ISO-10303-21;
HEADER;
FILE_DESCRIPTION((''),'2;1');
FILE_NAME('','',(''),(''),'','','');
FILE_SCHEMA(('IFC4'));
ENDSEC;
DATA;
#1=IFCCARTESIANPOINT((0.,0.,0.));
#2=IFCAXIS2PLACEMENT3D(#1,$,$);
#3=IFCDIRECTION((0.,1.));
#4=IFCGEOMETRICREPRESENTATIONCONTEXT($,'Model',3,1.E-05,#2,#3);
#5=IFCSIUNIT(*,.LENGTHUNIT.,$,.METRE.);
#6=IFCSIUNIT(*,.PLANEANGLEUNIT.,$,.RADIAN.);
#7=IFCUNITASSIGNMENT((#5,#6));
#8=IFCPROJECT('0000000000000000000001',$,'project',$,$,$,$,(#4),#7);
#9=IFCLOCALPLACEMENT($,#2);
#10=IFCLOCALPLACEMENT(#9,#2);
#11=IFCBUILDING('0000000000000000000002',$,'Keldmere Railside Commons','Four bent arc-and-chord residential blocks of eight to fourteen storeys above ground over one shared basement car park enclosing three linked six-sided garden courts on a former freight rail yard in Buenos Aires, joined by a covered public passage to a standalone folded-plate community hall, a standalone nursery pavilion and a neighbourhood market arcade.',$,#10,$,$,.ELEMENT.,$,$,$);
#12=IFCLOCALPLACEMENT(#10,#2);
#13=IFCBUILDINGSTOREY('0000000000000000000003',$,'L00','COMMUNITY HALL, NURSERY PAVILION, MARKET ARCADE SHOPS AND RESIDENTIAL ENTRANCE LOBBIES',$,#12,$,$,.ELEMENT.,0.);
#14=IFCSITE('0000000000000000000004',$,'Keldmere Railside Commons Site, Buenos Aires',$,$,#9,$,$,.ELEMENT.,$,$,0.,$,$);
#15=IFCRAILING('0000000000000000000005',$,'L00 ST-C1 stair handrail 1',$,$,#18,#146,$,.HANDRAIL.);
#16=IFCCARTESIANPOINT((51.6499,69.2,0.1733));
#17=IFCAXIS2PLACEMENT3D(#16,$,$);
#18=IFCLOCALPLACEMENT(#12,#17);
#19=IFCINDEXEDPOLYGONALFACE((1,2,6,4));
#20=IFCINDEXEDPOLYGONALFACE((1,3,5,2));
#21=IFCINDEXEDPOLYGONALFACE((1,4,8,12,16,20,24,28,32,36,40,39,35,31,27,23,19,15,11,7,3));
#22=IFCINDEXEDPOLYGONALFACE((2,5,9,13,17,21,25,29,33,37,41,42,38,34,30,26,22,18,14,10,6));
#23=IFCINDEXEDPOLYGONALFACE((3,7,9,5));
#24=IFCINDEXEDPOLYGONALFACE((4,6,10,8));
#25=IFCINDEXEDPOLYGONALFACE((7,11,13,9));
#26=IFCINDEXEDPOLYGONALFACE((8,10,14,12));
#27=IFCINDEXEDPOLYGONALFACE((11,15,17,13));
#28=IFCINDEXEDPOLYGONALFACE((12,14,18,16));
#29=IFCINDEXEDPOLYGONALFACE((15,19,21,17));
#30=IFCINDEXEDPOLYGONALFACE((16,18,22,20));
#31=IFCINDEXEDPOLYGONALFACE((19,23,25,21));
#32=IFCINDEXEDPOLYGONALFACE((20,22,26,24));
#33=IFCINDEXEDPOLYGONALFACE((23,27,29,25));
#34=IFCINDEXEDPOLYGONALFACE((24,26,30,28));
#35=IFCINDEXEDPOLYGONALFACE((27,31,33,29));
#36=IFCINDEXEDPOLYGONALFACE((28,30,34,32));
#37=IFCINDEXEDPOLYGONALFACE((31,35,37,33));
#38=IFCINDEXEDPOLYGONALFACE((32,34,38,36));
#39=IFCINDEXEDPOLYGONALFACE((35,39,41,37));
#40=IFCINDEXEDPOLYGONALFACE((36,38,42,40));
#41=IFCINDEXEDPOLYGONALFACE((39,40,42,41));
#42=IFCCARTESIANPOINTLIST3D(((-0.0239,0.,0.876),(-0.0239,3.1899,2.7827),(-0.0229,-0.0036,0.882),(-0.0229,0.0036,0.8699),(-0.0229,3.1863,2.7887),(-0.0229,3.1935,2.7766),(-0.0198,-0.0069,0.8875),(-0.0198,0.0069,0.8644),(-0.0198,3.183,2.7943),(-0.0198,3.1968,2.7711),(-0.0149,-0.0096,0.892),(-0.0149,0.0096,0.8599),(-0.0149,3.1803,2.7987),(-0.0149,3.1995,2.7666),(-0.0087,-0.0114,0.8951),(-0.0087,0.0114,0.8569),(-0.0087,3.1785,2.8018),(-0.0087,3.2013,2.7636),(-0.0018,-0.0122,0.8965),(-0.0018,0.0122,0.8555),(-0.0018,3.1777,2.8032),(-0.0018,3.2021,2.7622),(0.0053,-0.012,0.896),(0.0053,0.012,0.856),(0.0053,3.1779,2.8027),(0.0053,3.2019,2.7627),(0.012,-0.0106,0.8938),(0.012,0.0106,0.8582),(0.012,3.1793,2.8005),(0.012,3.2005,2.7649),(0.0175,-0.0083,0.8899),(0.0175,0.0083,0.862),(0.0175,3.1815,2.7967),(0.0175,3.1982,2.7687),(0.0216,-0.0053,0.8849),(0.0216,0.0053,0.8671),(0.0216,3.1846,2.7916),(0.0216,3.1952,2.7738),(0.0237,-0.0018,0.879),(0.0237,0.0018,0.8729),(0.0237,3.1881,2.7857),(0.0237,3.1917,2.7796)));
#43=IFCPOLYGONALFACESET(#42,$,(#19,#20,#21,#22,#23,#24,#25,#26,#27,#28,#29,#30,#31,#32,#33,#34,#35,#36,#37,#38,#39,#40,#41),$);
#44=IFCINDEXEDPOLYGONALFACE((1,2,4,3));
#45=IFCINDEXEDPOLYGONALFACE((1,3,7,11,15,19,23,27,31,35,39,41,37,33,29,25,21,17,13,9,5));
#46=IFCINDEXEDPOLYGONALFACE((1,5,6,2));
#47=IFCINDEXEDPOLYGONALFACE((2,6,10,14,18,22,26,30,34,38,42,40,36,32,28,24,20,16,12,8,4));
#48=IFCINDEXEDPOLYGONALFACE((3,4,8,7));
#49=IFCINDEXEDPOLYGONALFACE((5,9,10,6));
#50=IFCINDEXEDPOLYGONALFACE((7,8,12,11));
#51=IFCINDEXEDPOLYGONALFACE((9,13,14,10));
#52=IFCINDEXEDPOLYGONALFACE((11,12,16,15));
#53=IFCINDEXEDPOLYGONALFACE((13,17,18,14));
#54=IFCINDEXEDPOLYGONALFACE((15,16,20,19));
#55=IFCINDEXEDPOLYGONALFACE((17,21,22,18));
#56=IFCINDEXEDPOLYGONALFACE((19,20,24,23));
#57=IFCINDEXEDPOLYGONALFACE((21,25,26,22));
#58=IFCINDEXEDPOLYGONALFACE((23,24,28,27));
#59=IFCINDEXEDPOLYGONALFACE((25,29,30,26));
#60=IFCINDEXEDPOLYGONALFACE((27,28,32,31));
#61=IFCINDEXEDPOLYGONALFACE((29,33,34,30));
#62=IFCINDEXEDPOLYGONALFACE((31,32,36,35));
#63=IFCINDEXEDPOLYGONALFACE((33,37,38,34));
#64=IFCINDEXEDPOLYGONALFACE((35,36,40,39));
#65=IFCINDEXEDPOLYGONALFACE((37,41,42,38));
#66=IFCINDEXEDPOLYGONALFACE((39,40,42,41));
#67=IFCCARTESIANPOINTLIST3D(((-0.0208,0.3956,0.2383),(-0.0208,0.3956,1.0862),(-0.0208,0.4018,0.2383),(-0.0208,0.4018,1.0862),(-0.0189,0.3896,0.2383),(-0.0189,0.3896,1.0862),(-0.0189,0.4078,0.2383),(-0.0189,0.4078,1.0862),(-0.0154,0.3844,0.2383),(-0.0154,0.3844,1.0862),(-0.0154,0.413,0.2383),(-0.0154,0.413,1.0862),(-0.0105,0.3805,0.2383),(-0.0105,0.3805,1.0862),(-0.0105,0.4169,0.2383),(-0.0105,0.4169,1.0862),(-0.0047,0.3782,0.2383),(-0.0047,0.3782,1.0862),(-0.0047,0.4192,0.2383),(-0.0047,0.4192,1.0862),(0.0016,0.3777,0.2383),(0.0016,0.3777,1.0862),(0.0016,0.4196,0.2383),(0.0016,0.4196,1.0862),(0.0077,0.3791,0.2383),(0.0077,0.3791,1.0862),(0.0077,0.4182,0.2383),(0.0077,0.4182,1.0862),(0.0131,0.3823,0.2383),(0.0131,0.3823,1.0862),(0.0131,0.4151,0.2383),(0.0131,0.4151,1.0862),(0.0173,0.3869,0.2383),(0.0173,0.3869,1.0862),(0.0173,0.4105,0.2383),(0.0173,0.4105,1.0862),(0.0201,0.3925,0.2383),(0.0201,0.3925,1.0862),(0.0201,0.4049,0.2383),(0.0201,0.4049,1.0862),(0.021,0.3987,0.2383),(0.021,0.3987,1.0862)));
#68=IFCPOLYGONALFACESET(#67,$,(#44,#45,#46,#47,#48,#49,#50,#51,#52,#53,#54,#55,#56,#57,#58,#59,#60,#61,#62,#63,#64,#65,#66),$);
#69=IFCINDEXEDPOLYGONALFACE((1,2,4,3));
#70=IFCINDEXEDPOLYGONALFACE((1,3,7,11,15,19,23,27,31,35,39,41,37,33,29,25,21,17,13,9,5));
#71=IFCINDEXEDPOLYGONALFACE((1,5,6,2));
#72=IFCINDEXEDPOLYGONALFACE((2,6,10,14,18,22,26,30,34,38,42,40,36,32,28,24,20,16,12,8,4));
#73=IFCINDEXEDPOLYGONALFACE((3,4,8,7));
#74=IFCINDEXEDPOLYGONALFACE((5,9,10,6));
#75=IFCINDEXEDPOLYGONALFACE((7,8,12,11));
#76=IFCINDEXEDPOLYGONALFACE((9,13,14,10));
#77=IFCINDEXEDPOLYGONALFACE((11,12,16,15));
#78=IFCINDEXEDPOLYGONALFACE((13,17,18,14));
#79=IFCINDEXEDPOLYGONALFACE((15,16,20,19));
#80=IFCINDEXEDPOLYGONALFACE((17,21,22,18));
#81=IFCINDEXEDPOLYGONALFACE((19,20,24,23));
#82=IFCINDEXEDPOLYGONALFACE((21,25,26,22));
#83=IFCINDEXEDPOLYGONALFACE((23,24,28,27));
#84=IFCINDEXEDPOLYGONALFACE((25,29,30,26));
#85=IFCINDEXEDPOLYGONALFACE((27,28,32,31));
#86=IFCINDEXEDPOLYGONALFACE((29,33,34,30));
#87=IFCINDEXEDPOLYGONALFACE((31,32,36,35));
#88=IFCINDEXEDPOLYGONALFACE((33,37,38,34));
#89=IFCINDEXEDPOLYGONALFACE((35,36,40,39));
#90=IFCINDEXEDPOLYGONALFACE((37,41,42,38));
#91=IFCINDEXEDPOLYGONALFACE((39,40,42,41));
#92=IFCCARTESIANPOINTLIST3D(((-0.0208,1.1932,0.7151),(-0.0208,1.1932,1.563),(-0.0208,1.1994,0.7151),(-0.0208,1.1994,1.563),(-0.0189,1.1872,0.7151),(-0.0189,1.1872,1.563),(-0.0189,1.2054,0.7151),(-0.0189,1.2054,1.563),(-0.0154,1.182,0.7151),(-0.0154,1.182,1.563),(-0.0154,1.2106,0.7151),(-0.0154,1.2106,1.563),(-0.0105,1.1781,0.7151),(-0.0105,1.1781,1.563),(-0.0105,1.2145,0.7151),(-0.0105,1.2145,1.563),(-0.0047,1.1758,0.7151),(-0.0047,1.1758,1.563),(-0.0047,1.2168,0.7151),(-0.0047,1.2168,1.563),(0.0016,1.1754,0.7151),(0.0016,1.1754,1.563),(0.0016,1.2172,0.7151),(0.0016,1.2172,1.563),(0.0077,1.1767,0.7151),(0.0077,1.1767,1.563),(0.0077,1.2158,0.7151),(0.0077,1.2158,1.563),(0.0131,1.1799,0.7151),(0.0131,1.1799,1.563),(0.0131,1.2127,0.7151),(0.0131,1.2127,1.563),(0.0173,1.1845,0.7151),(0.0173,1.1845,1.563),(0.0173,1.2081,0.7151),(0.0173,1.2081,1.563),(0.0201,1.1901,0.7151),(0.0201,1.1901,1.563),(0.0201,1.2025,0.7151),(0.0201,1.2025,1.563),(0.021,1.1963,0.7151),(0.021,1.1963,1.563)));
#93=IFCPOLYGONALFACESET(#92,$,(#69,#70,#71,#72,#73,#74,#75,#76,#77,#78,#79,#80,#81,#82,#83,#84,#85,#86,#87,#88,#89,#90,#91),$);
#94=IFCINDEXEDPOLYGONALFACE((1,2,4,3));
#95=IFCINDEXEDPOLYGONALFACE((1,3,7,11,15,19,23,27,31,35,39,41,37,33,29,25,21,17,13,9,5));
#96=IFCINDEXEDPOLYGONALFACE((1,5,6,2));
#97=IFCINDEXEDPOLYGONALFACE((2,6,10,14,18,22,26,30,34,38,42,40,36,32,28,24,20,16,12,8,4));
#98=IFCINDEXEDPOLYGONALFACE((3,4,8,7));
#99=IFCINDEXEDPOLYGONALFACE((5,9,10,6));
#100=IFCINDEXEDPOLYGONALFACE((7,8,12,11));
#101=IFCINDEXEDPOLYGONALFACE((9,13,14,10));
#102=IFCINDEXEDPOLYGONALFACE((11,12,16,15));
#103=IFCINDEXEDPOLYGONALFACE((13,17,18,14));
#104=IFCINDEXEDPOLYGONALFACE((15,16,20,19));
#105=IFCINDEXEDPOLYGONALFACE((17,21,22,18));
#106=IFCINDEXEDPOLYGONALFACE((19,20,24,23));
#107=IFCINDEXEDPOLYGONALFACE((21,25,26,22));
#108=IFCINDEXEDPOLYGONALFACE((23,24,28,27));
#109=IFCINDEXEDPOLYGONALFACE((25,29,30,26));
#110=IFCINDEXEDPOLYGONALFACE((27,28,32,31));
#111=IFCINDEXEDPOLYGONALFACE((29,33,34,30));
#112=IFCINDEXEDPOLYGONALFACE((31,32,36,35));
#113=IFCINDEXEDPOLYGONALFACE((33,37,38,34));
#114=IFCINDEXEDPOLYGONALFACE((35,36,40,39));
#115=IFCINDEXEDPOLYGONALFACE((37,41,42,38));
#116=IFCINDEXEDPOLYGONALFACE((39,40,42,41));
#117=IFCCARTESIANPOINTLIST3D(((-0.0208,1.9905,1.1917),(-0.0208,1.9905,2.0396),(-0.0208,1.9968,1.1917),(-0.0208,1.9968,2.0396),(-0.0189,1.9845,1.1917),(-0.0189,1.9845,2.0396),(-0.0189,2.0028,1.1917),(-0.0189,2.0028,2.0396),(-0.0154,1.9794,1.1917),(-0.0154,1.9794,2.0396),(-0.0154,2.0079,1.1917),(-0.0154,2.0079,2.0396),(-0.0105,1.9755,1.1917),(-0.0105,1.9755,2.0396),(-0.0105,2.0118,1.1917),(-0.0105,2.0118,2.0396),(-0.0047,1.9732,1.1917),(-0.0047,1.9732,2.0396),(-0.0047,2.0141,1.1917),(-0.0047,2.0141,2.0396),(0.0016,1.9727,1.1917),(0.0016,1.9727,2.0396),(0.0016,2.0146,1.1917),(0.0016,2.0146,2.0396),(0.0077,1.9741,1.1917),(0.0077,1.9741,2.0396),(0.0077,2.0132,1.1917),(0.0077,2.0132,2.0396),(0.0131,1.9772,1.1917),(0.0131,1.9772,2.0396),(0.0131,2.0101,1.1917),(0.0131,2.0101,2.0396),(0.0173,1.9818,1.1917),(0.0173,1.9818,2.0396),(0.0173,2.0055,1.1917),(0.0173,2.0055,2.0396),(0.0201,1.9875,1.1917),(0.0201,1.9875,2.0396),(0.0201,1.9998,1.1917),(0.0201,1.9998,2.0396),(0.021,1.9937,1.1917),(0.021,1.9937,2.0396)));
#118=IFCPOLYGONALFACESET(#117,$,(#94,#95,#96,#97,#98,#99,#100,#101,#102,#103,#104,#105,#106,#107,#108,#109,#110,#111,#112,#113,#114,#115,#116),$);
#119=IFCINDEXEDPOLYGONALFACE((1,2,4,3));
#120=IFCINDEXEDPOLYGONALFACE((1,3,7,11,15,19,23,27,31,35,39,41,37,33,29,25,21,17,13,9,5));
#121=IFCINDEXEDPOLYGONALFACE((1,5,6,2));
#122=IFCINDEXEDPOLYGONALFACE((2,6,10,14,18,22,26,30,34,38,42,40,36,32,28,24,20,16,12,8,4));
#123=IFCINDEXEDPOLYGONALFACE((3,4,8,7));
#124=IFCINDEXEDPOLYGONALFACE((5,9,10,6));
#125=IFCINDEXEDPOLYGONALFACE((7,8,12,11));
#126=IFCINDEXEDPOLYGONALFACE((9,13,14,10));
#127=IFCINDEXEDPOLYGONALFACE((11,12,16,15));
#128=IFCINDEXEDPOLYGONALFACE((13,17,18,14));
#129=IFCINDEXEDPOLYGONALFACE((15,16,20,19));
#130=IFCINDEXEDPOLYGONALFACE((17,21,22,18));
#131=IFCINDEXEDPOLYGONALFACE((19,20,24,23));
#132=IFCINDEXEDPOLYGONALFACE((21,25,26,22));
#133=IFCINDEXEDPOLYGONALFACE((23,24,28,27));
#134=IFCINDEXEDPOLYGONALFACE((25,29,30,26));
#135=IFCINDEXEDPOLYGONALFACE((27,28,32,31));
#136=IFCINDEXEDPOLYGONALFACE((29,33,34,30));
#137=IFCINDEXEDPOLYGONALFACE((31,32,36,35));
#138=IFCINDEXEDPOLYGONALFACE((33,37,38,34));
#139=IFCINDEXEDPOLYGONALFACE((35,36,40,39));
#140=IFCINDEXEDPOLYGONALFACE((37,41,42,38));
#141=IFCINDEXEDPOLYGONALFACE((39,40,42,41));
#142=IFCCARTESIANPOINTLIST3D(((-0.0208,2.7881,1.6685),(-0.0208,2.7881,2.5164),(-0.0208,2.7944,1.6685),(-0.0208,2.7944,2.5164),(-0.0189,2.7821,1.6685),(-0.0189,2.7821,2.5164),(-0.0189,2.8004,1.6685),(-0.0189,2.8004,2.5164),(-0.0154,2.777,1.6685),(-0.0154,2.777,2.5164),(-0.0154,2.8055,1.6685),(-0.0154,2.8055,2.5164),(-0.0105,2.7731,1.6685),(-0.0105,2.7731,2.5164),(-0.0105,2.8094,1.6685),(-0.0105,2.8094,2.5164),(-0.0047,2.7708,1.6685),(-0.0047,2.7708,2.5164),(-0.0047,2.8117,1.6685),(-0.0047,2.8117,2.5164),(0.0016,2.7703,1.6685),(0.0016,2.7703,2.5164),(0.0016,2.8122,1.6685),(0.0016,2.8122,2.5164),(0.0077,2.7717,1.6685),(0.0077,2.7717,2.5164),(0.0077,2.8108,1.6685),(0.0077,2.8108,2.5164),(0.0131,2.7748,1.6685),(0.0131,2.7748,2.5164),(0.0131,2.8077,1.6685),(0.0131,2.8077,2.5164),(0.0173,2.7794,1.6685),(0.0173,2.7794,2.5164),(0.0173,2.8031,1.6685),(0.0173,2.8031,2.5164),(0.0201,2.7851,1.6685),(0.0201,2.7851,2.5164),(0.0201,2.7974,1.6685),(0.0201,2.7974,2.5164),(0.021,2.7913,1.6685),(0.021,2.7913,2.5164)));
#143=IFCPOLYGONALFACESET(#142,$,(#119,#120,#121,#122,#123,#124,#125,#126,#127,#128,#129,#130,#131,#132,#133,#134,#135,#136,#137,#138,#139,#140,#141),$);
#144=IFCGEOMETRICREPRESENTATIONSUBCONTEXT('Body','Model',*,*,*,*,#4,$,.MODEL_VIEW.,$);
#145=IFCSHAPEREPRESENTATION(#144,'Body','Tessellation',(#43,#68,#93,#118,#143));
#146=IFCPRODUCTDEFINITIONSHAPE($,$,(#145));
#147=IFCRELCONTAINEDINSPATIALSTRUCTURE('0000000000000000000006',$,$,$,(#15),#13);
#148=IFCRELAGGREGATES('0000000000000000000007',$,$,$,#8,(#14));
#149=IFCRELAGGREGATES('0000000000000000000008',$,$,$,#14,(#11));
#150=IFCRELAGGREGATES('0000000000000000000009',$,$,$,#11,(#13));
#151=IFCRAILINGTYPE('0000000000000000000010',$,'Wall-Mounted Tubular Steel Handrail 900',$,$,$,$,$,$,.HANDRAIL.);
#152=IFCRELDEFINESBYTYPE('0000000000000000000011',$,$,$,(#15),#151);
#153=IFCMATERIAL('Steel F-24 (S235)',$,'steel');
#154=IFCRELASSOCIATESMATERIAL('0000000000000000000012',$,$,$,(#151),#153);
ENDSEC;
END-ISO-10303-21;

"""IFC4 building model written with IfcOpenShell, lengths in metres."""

from ifc_helpers import new_model, si_unit, direction, frame, origin, origin_2d, place, context, subcontext, project, spatial, circle, extrude, material, type_object, element, save


model = new_model("IFC4")

# Units and contexts
model_context = context("Model", 3, precision=1e-05, world=origin(), true_north=direction((0.0, 1.0)))
body_context = subcontext(model_context, "Body", "Model", "MODEL_VIEW")
ifc_project = project(units=[si_unit("LENGTHUNIT", "METRE"), si_unit("PLANEANGLEUNIT", "RADIAN")], contexts=[model_context])

# Site, building, storey
site_placement = place(None, origin())
site = spatial("IfcSite", under=ifc_project, at=site_placement, Name="Keldmere Railside Commons Site, Buenos Aires", CompositionType="ELEMENT", RefElevation=0.0)
building_placement = place(site_placement, origin())
building = spatial("IfcBuilding", under=site, at=building_placement, Name="Keldmere Railside Commons", Description="Four bent arc-and-chord residential blocks of eight to fourteen storeys above ground over one shared basement car park enclosing three linked six-sided garden courts on a former freight rail yard in Buenos Aires, joined by a covered public passage to a standalone folded-plate community hall, a standalone nursery pavilion and a neighbourhood market arcade.", CompositionType="ELEMENT")
storey_placement = place(building_placement, origin())
storey = spatial("IfcBuildingStorey", under=building, at=storey_placement, Name="L00", Description="COMMUNITY HALL, NURSERY PAVILION, MARKET ARCADE SHOPS AND RESIDENTIAL ENTRANCE LOBBIES", CompositionType="ELEMENT", Elevation=0.0)

# Shared definitions
ifc_material_1 = material(Name="Steel F-24 (S235)", Category="steel")

# Railing
railing_type_1 = type_object("IfcRailingType", Name="Wall-Mounted Tubular Steel Handrail 900", PredefinedType="HANDRAIL", material=ifc_material_1)
railing_1_placement = place(storey_placement, frame((51.6499, 69.2, 0.1733)))
element("IfcRailing", 1, at=railing_1_placement, inside=storey, type_object=railing_type_1, Name="L00 ST-C1 stair handrail 1", PredefinedType="HANDRAIL", context=body_context, shape_type="SweptSolid", body=[
    extrude(circle(Radius=0.0239, at=origin_2d()), frame((0.0, 0.0, 0.876), z_axis=(0.0, 0.85835, 0.513065), x_axis=(-1.0, 0.0, 0.0)), (0.0, 0.0, 1.0), 3.7163),
    extrude(circle(Radius=0.021, at=origin_2d()), frame((0.0, 0.3987, 0.2383)), (0.0, 0.0, 1.0), 0.8479),
    extrude(circle(Radius=0.021, at=origin_2d()), frame((0.0, 1.1963, 0.7151)), (0.0, 0.0, 1.0), 0.8479),
    extrude(circle(Radius=0.021, at=origin_2d()), frame((0.0, 1.9937, 1.1917)), (0.0, 0.0, 1.0), 0.8479),
    extrude(circle(Radius=0.021, at=origin_2d()), frame((0.0, 2.7913, 1.6685)), (0.0, 0.0, 1.0), 0.8479),
])

save(model, "model.ifc")
